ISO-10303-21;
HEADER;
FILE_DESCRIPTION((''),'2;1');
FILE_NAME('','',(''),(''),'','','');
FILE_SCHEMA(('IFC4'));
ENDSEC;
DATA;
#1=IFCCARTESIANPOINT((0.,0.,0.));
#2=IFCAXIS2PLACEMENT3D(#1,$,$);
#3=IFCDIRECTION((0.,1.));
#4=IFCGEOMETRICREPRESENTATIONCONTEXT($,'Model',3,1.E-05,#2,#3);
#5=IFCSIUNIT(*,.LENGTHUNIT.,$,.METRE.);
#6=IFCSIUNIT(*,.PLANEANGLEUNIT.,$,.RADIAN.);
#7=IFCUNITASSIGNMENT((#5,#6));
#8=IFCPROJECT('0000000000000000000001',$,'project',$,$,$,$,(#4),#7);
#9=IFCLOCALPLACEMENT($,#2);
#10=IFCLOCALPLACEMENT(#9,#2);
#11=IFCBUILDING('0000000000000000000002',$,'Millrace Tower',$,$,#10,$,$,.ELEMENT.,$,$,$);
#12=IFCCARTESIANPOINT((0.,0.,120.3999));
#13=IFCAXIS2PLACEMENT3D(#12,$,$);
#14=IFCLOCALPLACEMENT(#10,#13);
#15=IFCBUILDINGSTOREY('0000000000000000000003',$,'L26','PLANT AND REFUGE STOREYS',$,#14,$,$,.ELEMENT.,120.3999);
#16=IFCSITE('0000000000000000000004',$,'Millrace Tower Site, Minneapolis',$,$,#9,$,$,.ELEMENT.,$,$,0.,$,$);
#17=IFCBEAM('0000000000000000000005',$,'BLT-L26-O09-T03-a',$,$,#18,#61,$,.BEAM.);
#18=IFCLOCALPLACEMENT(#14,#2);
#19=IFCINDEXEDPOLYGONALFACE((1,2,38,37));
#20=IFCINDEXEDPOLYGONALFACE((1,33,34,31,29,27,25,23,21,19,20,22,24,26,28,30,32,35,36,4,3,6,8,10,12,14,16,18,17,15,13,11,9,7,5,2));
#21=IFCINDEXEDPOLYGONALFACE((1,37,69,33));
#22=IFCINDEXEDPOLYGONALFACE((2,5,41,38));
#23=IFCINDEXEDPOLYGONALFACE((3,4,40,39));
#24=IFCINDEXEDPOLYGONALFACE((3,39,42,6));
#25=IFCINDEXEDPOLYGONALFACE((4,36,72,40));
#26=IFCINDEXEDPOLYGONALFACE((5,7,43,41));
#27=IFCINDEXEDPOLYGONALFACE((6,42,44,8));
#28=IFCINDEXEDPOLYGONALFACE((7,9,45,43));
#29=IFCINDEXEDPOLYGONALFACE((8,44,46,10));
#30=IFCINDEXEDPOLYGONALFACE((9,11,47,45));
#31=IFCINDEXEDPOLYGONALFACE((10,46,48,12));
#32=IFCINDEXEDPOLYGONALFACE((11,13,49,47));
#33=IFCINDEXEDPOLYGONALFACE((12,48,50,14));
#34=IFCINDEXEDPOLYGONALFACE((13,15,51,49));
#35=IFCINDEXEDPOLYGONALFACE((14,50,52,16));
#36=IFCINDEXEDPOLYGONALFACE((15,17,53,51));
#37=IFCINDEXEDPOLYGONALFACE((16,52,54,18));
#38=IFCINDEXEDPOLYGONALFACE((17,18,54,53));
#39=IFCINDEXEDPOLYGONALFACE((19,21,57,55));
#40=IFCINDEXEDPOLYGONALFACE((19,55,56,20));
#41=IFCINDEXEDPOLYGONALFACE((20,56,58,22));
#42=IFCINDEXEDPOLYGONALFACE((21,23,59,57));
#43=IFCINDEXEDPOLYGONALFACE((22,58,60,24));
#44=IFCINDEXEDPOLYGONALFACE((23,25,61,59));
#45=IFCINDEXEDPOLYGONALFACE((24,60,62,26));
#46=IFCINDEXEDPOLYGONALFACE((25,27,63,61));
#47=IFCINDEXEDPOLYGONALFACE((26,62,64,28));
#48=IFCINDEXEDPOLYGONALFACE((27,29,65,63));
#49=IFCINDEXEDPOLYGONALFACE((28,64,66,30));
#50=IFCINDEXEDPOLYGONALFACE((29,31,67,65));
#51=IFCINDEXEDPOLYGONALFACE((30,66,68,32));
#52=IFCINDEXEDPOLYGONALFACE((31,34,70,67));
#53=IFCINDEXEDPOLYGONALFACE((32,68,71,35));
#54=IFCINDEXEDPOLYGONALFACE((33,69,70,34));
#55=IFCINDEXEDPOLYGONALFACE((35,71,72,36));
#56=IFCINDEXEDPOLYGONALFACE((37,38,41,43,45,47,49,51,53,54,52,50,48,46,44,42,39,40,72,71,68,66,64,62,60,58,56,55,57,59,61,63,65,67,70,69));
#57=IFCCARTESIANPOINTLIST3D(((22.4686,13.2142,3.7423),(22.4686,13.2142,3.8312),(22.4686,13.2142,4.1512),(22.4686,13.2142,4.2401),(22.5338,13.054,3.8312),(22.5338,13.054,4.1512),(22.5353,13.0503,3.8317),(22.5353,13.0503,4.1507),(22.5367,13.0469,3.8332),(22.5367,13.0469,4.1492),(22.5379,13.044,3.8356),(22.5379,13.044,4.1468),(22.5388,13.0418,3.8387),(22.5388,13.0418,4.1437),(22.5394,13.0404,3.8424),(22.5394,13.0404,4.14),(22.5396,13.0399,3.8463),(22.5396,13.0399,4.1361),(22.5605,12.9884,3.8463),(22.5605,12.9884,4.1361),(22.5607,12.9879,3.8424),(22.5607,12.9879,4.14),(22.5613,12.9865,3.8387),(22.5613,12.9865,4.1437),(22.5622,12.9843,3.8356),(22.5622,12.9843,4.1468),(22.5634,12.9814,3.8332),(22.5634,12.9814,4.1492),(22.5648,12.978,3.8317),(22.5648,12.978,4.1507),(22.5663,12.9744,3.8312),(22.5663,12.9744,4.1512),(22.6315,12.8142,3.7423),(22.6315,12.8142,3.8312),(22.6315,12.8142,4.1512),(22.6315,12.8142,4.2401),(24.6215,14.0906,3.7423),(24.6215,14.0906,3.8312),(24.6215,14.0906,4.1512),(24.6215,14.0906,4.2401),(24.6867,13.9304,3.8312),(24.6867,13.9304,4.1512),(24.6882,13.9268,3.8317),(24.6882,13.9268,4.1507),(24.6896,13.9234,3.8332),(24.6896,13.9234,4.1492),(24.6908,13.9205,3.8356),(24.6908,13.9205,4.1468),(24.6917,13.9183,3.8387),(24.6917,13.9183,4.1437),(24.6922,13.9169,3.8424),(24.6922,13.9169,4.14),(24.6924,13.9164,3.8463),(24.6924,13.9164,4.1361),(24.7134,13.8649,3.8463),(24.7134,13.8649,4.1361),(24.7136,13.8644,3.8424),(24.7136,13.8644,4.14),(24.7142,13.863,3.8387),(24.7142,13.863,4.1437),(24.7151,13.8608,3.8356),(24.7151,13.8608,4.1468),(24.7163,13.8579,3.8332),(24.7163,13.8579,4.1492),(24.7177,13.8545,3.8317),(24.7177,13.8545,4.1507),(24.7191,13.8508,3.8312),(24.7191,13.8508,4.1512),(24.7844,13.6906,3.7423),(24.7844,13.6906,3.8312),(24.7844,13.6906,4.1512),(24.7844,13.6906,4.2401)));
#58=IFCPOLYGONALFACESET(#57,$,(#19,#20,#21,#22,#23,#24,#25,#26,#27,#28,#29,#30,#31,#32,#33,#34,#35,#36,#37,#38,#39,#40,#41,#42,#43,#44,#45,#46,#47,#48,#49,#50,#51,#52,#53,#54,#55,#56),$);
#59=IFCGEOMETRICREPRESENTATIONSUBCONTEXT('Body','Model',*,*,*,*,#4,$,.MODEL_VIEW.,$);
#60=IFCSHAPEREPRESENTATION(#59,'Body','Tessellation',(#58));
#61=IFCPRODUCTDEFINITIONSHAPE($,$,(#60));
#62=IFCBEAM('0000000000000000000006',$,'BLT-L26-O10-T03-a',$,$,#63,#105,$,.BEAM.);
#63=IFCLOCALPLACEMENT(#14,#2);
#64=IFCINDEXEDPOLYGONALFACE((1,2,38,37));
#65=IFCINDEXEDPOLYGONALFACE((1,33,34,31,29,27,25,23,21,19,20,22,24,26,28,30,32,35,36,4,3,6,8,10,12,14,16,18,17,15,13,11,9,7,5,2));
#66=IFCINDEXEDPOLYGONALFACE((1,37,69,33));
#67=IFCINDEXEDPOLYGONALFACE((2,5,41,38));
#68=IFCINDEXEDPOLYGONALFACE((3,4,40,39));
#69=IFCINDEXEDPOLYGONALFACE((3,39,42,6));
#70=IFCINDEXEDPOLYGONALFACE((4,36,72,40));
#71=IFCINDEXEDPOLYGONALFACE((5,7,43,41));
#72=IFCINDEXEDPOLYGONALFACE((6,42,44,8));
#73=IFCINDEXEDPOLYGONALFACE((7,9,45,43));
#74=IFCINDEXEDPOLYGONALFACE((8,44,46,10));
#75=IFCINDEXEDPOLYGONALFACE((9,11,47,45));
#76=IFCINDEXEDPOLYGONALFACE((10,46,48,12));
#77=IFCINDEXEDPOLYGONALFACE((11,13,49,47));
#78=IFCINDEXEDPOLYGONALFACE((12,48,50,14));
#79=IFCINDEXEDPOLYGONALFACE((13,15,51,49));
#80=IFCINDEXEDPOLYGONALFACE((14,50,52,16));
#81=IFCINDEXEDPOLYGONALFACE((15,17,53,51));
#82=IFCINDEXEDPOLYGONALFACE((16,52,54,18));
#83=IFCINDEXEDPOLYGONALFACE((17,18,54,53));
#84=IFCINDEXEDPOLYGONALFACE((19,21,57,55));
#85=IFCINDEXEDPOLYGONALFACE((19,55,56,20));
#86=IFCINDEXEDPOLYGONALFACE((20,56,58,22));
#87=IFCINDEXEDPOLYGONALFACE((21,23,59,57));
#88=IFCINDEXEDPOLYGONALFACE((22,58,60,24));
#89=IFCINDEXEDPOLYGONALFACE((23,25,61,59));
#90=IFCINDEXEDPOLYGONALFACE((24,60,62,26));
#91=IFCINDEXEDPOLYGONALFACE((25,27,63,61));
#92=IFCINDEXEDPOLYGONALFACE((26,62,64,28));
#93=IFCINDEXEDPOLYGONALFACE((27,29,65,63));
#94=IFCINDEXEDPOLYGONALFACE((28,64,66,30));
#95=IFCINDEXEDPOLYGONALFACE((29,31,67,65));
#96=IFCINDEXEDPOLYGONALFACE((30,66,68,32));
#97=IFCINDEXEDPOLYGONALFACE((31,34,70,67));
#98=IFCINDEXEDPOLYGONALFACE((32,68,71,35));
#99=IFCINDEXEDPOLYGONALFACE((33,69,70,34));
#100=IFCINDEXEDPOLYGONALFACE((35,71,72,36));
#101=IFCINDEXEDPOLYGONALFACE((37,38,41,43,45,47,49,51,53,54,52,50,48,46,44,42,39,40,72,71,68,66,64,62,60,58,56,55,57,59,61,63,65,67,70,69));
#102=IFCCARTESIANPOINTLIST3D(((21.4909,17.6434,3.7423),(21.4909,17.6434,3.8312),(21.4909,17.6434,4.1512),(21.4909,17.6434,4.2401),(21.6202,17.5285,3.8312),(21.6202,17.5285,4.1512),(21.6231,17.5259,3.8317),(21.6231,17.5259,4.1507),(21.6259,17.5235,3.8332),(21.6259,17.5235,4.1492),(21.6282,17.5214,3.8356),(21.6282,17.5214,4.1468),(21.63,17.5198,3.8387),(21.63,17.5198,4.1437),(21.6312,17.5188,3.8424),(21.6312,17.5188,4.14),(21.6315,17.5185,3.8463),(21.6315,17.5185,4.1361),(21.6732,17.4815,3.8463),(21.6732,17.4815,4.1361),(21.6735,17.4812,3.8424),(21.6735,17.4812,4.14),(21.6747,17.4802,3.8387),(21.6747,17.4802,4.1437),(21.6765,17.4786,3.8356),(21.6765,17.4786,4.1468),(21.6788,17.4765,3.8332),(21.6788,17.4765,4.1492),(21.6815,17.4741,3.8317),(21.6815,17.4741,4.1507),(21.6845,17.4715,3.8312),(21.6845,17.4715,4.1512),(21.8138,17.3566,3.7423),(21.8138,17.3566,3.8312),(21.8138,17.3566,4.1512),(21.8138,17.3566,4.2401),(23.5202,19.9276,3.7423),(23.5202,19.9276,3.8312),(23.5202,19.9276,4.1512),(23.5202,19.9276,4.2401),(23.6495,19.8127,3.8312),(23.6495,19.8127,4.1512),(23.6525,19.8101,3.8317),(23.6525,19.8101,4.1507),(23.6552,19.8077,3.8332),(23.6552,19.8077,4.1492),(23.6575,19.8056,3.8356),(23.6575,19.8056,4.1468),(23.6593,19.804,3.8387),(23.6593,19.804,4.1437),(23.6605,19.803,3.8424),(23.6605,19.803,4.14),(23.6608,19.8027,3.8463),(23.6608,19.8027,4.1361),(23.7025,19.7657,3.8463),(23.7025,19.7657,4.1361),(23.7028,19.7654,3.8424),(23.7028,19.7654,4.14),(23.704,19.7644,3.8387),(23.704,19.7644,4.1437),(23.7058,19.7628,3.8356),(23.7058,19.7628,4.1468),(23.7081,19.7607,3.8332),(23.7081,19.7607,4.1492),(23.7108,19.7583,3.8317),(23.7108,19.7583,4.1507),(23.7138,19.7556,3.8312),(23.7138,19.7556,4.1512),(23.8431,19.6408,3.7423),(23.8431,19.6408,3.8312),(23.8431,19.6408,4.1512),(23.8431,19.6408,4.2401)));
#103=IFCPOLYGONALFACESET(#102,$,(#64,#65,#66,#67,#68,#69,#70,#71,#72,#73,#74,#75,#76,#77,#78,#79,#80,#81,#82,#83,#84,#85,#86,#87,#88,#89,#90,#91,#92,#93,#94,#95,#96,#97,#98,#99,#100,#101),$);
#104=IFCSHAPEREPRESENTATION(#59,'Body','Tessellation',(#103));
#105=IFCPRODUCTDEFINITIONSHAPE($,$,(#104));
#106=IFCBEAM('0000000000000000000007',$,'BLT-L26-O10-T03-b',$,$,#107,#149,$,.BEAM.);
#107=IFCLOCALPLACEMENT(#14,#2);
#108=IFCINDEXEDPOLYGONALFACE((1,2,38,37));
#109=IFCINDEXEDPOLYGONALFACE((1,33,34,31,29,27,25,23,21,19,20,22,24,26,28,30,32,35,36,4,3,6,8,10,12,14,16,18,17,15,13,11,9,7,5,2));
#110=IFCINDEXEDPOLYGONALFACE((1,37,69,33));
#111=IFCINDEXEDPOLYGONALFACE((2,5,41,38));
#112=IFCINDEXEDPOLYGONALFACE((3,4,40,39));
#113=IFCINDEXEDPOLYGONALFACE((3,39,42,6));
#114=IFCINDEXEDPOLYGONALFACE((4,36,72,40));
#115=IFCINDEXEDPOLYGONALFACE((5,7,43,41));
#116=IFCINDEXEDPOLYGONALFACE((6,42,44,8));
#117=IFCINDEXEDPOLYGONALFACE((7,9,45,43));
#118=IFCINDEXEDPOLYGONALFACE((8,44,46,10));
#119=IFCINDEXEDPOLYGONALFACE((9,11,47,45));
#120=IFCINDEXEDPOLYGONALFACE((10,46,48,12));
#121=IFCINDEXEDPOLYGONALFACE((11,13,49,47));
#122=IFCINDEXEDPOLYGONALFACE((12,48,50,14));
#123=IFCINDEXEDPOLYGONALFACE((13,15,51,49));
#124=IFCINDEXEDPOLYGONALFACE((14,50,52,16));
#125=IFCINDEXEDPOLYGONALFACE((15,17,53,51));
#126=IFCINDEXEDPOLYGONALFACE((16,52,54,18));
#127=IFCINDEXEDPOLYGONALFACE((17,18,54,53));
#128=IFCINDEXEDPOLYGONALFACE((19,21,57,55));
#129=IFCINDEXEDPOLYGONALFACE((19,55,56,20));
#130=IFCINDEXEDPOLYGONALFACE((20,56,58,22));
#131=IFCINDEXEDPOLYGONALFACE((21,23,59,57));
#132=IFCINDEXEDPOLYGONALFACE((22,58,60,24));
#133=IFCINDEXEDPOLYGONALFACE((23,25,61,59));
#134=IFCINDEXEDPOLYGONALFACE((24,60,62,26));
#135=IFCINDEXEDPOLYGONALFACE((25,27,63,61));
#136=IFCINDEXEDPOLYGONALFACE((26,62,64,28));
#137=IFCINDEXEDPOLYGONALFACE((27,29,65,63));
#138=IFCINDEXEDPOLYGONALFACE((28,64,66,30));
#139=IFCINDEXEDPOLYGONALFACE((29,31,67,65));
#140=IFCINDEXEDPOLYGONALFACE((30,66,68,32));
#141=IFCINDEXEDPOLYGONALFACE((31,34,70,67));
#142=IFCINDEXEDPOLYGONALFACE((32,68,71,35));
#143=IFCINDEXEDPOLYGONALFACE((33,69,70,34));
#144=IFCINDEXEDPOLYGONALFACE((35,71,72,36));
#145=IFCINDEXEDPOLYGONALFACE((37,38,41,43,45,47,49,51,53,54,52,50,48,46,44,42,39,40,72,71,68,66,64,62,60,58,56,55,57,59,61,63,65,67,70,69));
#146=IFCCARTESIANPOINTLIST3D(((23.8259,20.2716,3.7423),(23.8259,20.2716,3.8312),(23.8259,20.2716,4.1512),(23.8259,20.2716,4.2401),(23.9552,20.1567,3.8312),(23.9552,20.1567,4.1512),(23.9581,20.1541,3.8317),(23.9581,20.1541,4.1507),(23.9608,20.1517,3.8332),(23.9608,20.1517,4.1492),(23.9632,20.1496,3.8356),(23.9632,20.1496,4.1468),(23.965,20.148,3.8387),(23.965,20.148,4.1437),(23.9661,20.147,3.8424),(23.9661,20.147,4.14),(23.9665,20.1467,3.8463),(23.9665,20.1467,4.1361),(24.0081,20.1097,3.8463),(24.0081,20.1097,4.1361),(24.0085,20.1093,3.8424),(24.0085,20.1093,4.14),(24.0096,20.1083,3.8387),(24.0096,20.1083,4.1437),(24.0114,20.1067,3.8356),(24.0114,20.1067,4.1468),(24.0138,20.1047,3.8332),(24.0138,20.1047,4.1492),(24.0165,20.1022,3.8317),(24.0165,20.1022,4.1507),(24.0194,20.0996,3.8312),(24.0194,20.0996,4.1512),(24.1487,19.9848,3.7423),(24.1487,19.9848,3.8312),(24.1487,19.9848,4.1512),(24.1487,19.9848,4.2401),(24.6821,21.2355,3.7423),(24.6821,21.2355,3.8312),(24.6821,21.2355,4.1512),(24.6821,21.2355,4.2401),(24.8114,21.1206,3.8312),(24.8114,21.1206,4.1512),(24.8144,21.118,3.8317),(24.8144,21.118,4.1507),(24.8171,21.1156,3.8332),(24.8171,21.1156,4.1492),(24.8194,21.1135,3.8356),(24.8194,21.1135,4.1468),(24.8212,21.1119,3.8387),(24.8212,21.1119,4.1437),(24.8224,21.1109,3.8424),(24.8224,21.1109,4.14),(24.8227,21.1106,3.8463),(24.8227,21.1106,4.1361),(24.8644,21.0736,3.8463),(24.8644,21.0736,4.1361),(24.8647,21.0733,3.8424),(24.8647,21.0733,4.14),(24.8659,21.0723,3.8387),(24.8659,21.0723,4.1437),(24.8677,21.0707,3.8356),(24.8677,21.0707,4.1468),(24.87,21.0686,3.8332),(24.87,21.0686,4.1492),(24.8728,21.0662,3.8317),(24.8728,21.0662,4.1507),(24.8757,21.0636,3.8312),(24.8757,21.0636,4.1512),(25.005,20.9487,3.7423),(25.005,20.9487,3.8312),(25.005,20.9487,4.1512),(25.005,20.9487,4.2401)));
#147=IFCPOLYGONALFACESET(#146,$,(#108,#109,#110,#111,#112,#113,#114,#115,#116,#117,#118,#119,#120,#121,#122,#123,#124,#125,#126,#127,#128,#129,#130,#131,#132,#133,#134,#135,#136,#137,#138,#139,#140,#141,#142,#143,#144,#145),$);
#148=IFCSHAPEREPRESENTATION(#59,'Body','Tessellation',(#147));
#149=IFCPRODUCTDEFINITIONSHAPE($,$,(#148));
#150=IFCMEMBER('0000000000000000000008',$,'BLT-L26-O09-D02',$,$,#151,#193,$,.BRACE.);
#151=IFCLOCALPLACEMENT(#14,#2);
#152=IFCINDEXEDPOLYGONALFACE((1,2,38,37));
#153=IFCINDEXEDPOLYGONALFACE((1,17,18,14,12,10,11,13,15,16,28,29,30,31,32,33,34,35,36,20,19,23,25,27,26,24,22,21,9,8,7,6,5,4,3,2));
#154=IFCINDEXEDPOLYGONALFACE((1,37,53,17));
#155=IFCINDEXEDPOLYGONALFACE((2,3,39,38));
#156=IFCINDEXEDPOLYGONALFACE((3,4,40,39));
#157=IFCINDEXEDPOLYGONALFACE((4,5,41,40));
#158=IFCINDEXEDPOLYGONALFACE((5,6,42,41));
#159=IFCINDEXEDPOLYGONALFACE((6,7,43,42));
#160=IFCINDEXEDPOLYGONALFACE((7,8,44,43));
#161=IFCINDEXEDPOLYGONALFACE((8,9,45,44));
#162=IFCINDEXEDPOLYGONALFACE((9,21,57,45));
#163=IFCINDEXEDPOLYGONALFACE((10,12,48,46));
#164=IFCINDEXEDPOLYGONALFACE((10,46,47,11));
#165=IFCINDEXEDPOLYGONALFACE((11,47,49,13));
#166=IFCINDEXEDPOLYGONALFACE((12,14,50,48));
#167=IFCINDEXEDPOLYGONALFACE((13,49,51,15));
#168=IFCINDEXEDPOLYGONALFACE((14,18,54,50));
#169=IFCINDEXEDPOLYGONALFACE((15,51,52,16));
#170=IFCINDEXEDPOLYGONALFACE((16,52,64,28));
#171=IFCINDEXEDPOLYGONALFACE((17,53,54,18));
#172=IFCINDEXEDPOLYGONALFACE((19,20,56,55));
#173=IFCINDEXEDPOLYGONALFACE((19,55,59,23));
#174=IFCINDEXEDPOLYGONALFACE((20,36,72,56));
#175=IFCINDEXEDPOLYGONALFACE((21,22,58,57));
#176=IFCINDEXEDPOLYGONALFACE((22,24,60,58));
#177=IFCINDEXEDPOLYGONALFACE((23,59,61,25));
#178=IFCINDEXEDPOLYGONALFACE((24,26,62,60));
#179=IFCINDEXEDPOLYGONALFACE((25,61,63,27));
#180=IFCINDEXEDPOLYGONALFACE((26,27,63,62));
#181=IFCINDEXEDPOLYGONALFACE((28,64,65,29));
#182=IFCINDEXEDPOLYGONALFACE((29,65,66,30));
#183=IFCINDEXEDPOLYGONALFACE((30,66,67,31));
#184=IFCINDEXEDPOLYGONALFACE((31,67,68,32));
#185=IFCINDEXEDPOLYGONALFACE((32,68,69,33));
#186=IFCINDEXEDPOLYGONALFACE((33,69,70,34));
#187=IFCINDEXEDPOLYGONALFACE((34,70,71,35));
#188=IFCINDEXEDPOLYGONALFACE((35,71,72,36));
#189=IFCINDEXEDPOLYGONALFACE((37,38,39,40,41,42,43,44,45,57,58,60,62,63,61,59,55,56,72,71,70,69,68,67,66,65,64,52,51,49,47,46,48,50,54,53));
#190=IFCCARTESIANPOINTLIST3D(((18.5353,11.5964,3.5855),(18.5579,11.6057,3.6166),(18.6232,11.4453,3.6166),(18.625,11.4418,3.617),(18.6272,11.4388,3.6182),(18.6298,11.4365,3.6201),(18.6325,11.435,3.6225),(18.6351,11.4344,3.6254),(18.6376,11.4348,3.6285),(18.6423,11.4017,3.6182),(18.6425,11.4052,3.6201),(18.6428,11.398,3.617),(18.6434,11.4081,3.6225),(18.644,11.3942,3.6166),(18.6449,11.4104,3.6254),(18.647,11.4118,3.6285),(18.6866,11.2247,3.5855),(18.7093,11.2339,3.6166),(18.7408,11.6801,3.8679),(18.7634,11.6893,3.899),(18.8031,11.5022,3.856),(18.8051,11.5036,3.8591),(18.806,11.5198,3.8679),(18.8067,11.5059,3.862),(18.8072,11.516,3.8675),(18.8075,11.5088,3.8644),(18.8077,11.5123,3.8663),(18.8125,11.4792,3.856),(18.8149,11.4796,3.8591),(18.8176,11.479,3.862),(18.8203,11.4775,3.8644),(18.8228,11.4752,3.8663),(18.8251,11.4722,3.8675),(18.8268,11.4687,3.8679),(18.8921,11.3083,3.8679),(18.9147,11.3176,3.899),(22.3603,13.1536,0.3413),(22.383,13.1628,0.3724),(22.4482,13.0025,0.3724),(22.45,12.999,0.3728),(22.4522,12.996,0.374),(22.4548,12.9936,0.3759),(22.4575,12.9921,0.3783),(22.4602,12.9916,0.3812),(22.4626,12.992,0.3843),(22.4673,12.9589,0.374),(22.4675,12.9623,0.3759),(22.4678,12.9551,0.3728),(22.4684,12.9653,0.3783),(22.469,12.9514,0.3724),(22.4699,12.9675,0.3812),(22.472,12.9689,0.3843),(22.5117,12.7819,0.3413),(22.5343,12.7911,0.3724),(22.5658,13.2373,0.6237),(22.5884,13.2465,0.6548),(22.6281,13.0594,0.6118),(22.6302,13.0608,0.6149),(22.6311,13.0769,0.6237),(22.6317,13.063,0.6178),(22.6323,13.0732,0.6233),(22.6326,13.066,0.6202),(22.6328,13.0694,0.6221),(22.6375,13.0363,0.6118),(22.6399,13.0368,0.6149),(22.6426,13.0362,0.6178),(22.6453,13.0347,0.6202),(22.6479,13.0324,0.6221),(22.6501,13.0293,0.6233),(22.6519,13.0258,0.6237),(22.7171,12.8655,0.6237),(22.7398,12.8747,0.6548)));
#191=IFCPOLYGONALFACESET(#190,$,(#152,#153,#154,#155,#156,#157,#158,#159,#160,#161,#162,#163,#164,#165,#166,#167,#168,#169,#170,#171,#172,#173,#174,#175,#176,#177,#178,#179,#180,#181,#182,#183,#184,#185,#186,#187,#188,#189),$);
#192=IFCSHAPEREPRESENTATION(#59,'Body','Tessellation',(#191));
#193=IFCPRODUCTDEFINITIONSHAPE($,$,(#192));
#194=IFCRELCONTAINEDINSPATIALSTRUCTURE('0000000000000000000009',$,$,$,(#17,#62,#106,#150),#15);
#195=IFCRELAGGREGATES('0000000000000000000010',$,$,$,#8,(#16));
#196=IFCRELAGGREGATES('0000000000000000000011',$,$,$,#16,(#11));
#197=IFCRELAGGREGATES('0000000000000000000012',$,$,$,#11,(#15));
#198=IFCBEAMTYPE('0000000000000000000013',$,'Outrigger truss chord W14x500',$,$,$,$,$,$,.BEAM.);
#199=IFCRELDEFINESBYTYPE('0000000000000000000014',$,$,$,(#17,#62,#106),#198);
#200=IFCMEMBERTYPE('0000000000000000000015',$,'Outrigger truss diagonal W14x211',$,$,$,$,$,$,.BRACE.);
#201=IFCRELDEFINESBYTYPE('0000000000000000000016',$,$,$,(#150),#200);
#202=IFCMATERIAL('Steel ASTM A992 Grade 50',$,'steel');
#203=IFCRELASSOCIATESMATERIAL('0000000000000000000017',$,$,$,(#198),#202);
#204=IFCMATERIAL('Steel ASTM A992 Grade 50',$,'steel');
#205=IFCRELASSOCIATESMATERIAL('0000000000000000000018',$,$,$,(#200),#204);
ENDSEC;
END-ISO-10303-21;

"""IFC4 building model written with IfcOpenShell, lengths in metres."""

from ifc_helpers import new_model, si_unit, direction, frame, origin, origin_2d, place, context, subcontext, project, spatial, i_section, extrude, material, material_profile, profile_set, type_object, element, save


model = new_model("IFC4")

# Units and contexts
model_context = context("Model", 3, precision=1e-05, world=origin(), true_north=direction((0.0, 1.0)))
body_context = subcontext(model_context, "Body", "Model", "MODEL_VIEW")
ifc_project = project(units=[si_unit("LENGTHUNIT", "METRE"), si_unit("PLANEANGLEUNIT", "RADIAN")], contexts=[model_context])

# Site, building, storey
site_placement = place(None, origin())
site = spatial("IfcSite", under=ifc_project, at=site_placement, Name="Millrace Tower Site, Minneapolis", CompositionType="ELEMENT", RefElevation=0.0)
building_placement = place(site_placement, origin())
building = spatial("IfcBuilding", under=site, at=building_placement, Name="Millrace Tower", CompositionType="ELEMENT")
storey_placement = place(building_placement, frame((0.0, 0.0, 120.3999)))
storey = spatial("IfcBuildingStorey", under=building, at=storey_placement, Name="L26", Description="PLANT AND REFUGE STOREYS", CompositionType="ELEMENT", Elevation=120.3999)

# Beams
ifc_material_1 = material(Name="Steel ASTM A992 Grade 50", Category="steel")
ifc_material_profile_1 = material_profile(ifc_material_1, i_section(OverallWidth=0.4319, OverallDepth=0.4978, WebThickness=0.0557, FlangeThickness=0.0889, FilletRadius=0.0151, at=origin_2d()))
ifc_profile_set_1 = profile_set([ifc_material_profile_1], Name="Steel ASTM A992 Grade 50")
beam_type_1 = type_object("IfcBeamType", Name="Outrigger truss chord W14x500", PredefinedType="BEAM", material=ifc_profile_set_1)
beam_1_placement = place(storey_placement, frame((22.55, 13.0142, 3.9912), z_axis=(0.926185, 0.37707, 0.0), x_axis=(-0.37707, 0.926185, 0.0)))
element("IfcBeam", 1, at=beam_1_placement, inside=storey, type_object=beam_type_1, Name="BLT-L26-O09-T03-a", PredefinedType="BEAM", context=body_context, shape_type="SweptSolid", body=[
    extrude(i_section(OverallWidth=0.4319, OverallDepth=0.4978, WebThickness=0.0557, FlangeThickness=0.0889, FilletRadius=0.0151, at=origin_2d()), origin(), (0.0, 0.0, 1.0), 2.3245),
])
beam_2_placement = place(storey_placement, frame((21.6523, 17.5, 3.9912), z_axis=(0.664165, 0.747586, 0.0), x_axis=(-0.747586, 0.664165, 0.0)))
element("IfcBeam", 2, at=beam_2_placement, inside=storey, type_object=beam_type_1, Name="BLT-L26-O10-T03-a", PredefinedType="BEAM", context=body_context, shape_type="SweptSolid", body=[
    extrude(i_section(OverallWidth=0.4319, OverallDepth=0.4978, WebThickness=0.0557, FlangeThickness=0.0889, FilletRadius=0.0151, at=origin_2d()), origin(), (0.0, 0.0, 1.0), 3.0554),
])
beam_3_placement = place(storey_placement, frame((23.9873, 20.1282, 3.9912), z_axis=(0.664117, 0.747629, 0.0), x_axis=(-0.747629, 0.664117, 0.0)))
element("IfcBeam", 3, at=beam_3_placement, inside=storey, type_object=beam_type_1, Name="BLT-L26-O10-T03-b", PredefinedType="BEAM", context=body_context, shape_type="SweptSolid", body=[
    extrude(i_section(OverallWidth=0.4319, OverallDepth=0.4978, WebThickness=0.0557, FlangeThickness=0.0889, FilletRadius=0.0151, at=origin_2d()), origin(), (0.0, 0.0, 1.0), 1.2893),
])

# Member
ifc_material_2 = material(Name="Steel ASTM A992 Grade 50", Category="steel")
ifc_material_profile_2 = material_profile(ifc_material_2, i_section(OverallWidth=0.4014, OverallDepth=0.3987, WebThickness=0.0249, FlangeThickness=0.0396, FilletRadius=0.0151, at=origin_2d()))
ifc_profile_set_2 = profile_set([ifc_material_profile_2], Name="Steel ASTM A992 Grade 50")
member_type_1 = type_object("IfcMemberType", Name="Outrigger truss diagonal W14x211", PredefinedType="BRACE", material=ifc_profile_set_2)
for number, where, z_axis, x_axis, name in (
    (4, (22.55, 13.0142, 0.498), (-0.72834, -0.296505, 0.617743), (0.377051, -0.926193, 0.0), "BLT-L26-O09-D02"),
):
    element("IfcMember", number, at=place(storey_placement, frame(where, z_axis=z_axis, x_axis=x_axis)), inside=storey, type_object=member_type_1, Name=name, PredefinedType="BRACE", context=body_context, shape_type="SweptSolid", body=[
        extrude(i_section(OverallWidth=0.4014, OverallDepth=0.3987, WebThickness=0.0249, FlangeThickness=0.0396, FilletRadius=0.0151, at=origin_2d()), origin(), (0.0, 0.0, 1.0), 5.2517),
    ])

save(model, "model.ifc")
